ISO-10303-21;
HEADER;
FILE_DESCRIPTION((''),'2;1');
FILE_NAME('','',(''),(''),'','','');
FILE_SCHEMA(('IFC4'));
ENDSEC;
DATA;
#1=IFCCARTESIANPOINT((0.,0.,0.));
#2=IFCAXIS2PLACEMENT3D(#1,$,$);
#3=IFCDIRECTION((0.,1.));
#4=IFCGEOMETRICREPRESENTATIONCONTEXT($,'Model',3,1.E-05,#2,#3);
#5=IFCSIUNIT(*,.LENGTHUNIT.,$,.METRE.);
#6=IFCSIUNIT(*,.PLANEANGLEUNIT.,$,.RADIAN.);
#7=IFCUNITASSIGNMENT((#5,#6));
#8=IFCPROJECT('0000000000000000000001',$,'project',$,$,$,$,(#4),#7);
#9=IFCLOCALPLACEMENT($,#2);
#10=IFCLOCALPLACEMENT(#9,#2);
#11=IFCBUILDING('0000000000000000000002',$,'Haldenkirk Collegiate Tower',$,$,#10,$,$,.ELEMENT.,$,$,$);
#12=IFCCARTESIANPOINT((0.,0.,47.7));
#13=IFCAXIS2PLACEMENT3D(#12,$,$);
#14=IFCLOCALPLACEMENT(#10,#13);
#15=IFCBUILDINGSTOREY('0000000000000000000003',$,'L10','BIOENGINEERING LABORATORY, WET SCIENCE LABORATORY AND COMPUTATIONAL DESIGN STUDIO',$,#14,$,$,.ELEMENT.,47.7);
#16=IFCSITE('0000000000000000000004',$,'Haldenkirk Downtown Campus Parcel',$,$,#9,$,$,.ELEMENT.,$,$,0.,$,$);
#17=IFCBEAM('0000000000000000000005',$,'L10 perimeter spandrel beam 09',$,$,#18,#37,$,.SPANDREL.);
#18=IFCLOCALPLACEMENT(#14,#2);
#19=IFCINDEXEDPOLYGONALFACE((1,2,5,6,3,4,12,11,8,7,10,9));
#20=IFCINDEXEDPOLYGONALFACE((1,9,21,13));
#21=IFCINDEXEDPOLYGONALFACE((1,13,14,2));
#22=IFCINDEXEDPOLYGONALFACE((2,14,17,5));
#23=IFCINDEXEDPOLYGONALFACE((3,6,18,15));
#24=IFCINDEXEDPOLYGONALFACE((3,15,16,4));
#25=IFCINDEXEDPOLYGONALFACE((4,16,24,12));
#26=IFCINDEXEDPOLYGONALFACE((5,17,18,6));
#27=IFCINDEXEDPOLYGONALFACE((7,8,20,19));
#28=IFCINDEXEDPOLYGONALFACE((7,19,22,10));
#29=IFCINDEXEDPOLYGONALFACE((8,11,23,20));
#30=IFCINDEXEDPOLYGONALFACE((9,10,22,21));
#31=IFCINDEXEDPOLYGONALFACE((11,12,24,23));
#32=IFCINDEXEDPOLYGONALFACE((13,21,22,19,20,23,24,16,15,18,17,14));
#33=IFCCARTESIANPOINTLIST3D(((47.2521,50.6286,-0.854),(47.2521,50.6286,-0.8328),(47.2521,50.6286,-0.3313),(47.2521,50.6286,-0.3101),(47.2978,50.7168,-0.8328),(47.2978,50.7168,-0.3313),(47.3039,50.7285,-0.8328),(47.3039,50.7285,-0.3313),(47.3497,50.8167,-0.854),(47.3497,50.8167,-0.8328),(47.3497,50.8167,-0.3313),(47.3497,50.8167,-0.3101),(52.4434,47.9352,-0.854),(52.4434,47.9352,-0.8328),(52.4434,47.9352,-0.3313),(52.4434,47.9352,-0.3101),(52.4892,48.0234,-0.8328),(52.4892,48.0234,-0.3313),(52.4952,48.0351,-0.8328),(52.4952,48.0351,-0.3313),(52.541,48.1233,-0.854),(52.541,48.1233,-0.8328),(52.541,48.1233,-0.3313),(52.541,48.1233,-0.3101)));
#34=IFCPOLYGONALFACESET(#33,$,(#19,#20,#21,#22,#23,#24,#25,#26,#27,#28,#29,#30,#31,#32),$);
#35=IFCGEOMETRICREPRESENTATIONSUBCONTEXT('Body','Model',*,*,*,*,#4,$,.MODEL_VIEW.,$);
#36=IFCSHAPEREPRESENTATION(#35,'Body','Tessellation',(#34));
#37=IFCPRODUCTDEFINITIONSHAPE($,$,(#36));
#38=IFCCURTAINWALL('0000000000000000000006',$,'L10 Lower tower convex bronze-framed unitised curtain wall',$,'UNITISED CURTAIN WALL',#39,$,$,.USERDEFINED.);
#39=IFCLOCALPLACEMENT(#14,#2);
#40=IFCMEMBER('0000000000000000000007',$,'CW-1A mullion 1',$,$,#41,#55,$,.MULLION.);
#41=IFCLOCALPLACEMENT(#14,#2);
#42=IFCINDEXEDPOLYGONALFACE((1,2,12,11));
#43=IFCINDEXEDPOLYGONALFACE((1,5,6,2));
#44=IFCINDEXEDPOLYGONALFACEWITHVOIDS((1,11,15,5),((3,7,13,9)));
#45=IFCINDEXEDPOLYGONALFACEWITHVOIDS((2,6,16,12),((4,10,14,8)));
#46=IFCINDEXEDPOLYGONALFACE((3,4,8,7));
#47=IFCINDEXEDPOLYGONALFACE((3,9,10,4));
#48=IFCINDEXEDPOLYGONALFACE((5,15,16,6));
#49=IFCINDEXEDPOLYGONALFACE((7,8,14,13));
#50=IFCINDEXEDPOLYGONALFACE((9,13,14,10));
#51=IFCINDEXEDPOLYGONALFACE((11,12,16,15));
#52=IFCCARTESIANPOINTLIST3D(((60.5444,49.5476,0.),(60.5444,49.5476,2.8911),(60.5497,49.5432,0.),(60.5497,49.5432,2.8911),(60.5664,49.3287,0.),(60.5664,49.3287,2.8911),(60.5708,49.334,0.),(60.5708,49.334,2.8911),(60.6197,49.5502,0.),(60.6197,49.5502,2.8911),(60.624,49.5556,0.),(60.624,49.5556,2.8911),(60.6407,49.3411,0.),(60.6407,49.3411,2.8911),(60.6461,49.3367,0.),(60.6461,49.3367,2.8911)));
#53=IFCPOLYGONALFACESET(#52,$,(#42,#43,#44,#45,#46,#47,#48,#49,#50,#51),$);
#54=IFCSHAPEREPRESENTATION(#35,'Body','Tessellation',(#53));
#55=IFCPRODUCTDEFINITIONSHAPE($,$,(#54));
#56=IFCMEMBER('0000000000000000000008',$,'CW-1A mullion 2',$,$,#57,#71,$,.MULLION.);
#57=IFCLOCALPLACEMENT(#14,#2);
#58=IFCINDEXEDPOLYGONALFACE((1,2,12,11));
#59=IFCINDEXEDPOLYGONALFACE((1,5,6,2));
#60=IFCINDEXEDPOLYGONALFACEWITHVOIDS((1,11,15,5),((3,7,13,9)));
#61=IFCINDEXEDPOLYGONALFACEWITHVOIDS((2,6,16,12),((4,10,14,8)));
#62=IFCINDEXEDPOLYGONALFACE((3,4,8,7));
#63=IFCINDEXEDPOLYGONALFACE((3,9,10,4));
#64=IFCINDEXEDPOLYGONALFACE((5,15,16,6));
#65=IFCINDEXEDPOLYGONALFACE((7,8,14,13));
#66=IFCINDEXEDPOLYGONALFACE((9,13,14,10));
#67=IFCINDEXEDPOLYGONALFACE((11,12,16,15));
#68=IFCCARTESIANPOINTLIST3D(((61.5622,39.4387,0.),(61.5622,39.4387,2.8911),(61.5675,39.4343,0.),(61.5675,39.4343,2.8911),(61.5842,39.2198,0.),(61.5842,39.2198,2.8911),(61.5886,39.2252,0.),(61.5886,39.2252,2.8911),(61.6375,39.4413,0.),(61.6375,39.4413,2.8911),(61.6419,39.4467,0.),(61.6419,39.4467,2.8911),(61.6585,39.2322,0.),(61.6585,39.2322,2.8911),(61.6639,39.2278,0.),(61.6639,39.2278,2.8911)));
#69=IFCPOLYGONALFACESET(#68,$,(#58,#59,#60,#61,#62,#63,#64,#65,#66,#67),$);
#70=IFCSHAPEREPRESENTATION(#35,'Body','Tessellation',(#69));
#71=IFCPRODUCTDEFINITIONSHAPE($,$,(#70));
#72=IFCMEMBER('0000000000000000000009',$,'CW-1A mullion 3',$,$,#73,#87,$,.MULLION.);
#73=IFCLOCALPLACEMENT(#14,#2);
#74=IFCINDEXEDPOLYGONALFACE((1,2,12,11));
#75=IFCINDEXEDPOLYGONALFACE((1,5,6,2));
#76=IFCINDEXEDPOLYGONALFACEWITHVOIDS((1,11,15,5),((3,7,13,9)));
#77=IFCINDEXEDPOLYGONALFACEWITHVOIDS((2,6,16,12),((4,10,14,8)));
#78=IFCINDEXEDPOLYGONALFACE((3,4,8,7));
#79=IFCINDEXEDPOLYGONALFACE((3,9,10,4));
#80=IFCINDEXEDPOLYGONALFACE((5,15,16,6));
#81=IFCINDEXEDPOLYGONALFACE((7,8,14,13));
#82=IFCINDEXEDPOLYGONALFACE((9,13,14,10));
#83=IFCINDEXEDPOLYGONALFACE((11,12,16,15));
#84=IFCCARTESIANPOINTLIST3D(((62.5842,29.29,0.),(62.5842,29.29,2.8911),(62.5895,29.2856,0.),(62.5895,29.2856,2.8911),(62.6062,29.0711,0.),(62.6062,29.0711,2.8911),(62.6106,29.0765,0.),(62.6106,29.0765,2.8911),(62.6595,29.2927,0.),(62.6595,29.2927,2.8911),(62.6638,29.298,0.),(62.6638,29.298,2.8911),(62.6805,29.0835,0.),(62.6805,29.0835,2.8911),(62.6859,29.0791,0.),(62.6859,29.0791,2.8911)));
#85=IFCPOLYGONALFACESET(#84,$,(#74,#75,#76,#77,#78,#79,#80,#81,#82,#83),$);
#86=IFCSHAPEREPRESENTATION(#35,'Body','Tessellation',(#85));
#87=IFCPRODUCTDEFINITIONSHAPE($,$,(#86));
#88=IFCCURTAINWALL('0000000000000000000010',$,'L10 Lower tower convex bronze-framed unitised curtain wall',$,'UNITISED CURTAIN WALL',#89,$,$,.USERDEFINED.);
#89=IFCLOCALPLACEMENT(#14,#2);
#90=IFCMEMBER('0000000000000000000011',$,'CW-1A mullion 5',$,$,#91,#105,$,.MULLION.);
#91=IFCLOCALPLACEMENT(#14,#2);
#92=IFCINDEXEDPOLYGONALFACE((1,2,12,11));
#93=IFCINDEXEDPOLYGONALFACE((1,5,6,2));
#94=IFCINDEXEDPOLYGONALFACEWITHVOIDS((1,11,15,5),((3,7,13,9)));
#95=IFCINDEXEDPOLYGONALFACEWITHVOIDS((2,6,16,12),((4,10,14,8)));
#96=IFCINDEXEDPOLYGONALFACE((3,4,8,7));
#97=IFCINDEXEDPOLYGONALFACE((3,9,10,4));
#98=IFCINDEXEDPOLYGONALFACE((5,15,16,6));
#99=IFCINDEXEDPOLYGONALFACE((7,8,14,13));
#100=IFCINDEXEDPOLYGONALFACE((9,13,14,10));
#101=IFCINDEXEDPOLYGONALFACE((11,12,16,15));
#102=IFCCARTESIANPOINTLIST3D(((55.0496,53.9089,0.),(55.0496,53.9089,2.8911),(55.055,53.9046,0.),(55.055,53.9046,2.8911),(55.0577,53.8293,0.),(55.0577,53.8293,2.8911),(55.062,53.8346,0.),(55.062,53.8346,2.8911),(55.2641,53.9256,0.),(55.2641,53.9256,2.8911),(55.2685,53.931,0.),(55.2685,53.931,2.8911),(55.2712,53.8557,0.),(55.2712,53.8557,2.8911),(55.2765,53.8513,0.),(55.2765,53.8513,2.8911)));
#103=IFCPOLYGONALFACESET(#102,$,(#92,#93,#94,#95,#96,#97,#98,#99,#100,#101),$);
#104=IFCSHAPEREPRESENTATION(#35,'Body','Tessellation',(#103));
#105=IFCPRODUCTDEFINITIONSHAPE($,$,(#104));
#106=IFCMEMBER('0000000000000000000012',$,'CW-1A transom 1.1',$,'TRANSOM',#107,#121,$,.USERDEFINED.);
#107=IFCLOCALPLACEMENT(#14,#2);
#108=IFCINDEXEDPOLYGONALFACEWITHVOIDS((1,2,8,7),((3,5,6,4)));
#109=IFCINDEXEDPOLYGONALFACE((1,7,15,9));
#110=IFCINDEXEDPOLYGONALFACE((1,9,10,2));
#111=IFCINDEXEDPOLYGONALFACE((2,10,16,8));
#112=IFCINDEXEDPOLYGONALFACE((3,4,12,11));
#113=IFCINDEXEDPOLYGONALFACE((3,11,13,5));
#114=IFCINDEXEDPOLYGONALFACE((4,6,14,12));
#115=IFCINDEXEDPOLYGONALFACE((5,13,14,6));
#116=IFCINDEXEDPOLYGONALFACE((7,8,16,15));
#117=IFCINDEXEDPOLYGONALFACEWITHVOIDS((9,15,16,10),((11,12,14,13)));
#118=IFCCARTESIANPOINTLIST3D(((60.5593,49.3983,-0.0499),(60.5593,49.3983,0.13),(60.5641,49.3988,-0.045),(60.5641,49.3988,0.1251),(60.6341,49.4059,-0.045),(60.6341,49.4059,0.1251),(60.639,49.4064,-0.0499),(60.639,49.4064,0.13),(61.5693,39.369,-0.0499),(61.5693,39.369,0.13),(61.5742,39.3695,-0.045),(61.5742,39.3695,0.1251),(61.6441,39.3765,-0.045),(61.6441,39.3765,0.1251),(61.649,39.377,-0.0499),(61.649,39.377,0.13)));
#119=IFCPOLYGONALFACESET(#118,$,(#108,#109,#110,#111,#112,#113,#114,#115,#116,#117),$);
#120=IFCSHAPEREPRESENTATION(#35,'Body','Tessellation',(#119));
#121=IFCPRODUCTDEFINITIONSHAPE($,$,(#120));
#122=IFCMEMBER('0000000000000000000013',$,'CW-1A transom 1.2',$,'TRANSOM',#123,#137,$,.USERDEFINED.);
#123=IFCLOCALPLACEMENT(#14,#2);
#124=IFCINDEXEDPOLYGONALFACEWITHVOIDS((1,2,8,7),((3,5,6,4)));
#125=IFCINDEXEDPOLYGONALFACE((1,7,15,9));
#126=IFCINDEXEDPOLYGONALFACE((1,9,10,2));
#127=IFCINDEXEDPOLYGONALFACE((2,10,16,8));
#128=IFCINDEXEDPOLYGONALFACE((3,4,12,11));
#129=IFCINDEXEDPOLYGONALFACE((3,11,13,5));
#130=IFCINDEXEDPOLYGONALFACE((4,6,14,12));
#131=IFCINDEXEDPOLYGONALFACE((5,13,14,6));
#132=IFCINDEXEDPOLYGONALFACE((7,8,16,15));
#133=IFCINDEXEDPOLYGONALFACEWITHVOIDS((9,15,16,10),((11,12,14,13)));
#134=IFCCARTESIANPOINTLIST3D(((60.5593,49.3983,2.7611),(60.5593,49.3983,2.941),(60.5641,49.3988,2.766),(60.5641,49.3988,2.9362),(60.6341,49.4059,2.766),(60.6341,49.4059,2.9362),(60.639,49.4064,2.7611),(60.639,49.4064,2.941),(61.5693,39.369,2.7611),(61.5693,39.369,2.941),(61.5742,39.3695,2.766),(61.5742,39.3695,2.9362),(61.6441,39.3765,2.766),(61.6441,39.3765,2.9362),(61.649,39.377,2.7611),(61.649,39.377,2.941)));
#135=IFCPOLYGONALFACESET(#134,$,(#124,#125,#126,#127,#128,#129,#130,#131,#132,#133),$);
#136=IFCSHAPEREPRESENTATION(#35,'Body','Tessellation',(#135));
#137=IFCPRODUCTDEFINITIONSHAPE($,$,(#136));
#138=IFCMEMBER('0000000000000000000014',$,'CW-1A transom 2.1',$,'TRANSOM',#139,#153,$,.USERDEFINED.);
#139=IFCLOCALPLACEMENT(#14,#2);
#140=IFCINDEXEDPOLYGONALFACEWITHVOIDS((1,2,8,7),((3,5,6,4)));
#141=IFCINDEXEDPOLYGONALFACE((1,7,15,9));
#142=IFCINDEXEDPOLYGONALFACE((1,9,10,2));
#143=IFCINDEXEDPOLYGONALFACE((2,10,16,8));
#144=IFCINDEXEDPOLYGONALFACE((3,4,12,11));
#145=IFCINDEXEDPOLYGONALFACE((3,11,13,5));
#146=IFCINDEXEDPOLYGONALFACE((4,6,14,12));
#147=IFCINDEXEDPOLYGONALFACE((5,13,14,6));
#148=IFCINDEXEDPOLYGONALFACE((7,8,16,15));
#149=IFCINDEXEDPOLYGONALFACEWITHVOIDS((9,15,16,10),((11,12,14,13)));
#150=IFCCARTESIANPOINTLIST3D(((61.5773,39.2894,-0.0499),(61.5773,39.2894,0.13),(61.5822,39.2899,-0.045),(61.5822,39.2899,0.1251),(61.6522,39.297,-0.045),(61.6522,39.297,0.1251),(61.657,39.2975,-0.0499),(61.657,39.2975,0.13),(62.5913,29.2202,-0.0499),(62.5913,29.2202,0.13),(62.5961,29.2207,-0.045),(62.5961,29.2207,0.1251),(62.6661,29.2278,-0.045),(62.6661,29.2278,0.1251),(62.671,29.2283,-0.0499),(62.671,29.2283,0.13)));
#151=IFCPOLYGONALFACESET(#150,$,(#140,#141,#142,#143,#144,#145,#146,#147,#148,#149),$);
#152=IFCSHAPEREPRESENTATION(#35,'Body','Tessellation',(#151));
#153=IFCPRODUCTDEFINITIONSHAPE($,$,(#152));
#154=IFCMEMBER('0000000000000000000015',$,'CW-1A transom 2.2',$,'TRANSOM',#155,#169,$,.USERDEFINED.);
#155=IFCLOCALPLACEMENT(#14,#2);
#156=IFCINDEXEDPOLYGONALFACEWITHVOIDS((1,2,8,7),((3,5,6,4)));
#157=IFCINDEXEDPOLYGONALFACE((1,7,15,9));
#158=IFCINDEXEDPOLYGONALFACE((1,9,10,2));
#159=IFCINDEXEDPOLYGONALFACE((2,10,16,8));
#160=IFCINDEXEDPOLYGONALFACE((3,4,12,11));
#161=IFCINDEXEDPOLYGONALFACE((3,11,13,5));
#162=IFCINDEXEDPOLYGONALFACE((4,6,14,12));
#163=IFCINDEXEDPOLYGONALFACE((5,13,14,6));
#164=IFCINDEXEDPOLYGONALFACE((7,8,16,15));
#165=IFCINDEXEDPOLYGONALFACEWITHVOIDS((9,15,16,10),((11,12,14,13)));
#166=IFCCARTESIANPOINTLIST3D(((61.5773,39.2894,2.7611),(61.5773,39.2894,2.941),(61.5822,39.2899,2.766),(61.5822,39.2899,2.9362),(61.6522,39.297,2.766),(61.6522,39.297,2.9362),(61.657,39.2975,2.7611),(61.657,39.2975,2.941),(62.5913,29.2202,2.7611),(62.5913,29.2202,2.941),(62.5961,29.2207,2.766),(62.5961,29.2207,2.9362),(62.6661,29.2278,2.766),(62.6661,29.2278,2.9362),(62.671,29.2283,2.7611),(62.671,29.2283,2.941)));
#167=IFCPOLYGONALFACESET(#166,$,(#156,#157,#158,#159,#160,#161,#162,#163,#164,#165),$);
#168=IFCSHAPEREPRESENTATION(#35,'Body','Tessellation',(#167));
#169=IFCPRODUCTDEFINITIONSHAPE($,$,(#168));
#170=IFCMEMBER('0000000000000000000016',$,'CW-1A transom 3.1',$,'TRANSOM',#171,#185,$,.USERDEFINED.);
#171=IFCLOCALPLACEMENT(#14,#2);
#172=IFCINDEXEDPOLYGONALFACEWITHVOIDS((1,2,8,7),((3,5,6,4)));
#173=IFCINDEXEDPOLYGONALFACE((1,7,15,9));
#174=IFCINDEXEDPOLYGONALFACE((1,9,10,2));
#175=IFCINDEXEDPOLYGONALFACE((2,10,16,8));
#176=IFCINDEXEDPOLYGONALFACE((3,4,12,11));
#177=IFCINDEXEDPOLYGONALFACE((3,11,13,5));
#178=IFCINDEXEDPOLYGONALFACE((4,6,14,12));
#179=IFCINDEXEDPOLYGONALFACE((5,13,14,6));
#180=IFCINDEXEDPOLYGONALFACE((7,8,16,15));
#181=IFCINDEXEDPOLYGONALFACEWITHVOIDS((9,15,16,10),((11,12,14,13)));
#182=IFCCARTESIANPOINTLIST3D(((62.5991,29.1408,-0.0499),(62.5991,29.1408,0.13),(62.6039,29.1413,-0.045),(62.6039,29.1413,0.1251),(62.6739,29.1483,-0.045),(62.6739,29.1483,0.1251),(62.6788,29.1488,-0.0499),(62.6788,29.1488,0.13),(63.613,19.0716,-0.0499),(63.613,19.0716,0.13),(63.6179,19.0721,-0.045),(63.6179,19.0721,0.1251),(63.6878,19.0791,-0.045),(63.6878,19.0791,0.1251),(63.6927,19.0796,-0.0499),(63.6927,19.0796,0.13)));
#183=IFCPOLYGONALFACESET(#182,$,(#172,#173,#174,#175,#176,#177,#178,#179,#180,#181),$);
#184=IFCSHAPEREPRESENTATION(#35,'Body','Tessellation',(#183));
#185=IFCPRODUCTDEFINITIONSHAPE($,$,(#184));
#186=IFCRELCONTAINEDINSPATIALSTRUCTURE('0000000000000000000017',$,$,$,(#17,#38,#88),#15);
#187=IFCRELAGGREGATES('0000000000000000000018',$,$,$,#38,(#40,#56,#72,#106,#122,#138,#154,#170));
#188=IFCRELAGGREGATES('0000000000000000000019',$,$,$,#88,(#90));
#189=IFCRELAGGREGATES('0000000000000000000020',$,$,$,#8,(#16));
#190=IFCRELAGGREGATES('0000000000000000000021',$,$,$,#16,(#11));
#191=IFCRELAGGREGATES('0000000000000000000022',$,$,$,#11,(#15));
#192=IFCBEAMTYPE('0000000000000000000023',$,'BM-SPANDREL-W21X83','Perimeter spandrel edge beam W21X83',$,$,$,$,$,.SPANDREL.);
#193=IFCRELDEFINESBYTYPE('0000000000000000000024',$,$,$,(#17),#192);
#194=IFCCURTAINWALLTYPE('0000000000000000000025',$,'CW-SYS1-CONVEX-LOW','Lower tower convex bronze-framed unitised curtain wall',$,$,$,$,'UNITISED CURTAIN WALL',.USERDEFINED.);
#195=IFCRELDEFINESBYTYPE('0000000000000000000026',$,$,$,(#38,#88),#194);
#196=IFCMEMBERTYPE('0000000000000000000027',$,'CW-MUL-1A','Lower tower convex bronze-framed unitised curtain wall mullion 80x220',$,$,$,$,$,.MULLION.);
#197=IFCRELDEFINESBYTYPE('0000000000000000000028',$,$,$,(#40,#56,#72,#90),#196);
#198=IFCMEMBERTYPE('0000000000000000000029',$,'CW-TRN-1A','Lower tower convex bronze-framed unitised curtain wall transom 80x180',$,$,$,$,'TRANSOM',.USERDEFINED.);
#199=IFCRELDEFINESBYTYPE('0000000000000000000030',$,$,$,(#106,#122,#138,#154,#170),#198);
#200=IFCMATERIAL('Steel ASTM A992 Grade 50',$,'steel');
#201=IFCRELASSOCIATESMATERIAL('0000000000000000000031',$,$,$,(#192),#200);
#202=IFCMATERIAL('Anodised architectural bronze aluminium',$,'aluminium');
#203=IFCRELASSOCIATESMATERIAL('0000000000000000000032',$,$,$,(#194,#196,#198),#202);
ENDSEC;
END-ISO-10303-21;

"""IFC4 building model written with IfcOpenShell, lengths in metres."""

from ifc_helpers import new_model, si_unit, direction, frame, origin, origin_2d, place, context, subcontext, project, spatial, hollow_rectangle, i_section, extrude, material, material_profile, profile_set, type_object, element, aggregate, save


model = new_model("IFC4")

# Units and contexts
model_context = context("Model", 3, precision=1e-05, world=origin(), true_north=direction((0.0, 1.0)))
body_context = subcontext(model_context, "Body", "Model", "MODEL_VIEW")
ifc_project = project(units=[si_unit("LENGTHUNIT", "METRE"), si_unit("PLANEANGLEUNIT", "RADIAN")], contexts=[model_context])

# Site, building, storey
site_placement = place(None, origin())
site = spatial("IfcSite", under=ifc_project, at=site_placement, Name="Haldenkirk Downtown Campus Parcel", CompositionType="ELEMENT", RefElevation=0.0)
building_placement = place(site_placement, origin())
building = spatial("IfcBuilding", under=site, at=building_placement, Name="Haldenkirk Collegiate Tower", CompositionType="ELEMENT")
storey_placement = place(building_placement, frame((0.0, 0.0, 47.7)))
storey = spatial("IfcBuildingStorey", under=building, at=storey_placement, Name="L10", Description="BIOENGINEERING LABORATORY, WET SCIENCE LABORATORY AND COMPUTATIONAL DESIGN STUDIO", CompositionType="ELEMENT", Elevation=47.7)

# Beam
ifc_material_1 = material(Name="Steel ASTM A992 Grade 50", Category="steel")
ifc_material_profile_1 = material_profile(ifc_material_1, i_section(OverallWidth=0.2119, OverallDepth=0.5439, WebThickness=0.0132, FlangeThickness=0.0212, at=origin_2d()), Name="W21X83")
ifc_profile_set_1 = profile_set([ifc_material_profile_1], Name="Steel ASTM A992 Grade 50")
beam_type_1 = type_object("IfcBeamType", Name="BM-SPANDREL-W21X83", Description="Perimeter spandrel edge beam W21X83", PredefinedType="SPANDREL", material=ifc_profile_set_1)
beam_1_placement = place(storey_placement, frame((52.4922, 48.0293, -0.582), z_axis=(-0.887648, 0.460522, 0.0), x_axis=(-0.460522, -0.887648, 0.0)))
element("IfcBeam", 1, at=beam_1_placement, inside=storey, type_object=beam_type_1, Name="L10 perimeter spandrel beam 09", PredefinedType="SPANDREL", context=body_context, shape_type="SweptSolid", body=[
    extrude(i_section(OverallWidth=0.2119, OverallDepth=0.5439, WebThickness=0.0132, FlangeThickness=0.0212, at=origin_2d()), origin(), (0.0, 0.0, 1.0), 5.8484),
])

# Curtain wall, members
ifc_material_2 = material(Name="Anodised architectural bronze aluminium", Category="aluminium")
curtain_wall_type = type_object("IfcCurtainWallType", Name="CW-SYS1-CONVEX-LOW", Description="Lower tower convex bronze-framed unitised curtain wall", ElementType="UNITISED CURTAIN WALL", PredefinedType="USERDEFINED", material=ifc_material_2)
curtain_wall_1_placement = place(storey_placement, origin())
curtain_wall_1 = element("IfcCurtainWall", 2, at=curtain_wall_1_placement, inside=storey, type_object=curtain_wall_type, Name="L10 Lower tower convex bronze-framed unitised curtain wall", ObjectType="UNITISED CURTAIN WALL", PredefinedType="USERDEFINED")
ifc_material_profile_2 = material_profile(ifc_material_2, hollow_rectangle(XDim=0.0801, YDim=0.22, WallThickness=0.0049, at=origin_2d()), Name="CW-MUL-1A")
ifc_profile_set_2 = profile_set([ifc_material_profile_2], Name="Anodised architectural bronze aluminium")
member_type_1 = type_object("IfcMemberType", Name="CW-MUL-1A", Description="Lower tower convex bronze-framed unitised curtain wall mullion 80x220", PredefinedType="MULLION", material=ifc_profile_set_2)
member_1_placement = place(storey_placement, frame((60.5952, 49.4421, 0.0), z_axis=(0.0, 0.0, 1.0), x_axis=(0.994969, 0.100186, 0.0)))
member_1 = element("IfcMember", 3, at=member_1_placement, type_object=member_type_1, Name="CW-1A mullion 1", PredefinedType="MULLION", context=body_context, shape_type="SweptSolid", body=[
    extrude(hollow_rectangle(XDim=0.0801, YDim=0.22, WallThickness=0.0049, at=origin_2d()), origin(), (0.0, 0.0, 1.0), 2.8911),
])
member_2_placement = place(storey_placement, frame((61.613, 39.3333, 0.0), z_axis=(0.0, 0.0, 1.0), x_axis=(0.994969, 0.100186, 0.0)))
member_2 = element("IfcMember", 4, at=member_2_placement, type_object=member_type_1, Name="CW-1A mullion 2", PredefinedType="MULLION", context=body_context, shape_type="SweptSolid", body=[
    extrude(hollow_rectangle(XDim=0.0801, YDim=0.22, WallThickness=0.0049, at=origin_2d()), origin(), (0.0, 0.0, 1.0), 2.8911),
])
member_3_placement = place(storey_placement, frame((62.635, 29.1846, 0.0), z_axis=(0.0, 0.0, 1.0), x_axis=(0.994969, 0.100186, 0.0)))
member_3 = element("IfcMember", 5, at=member_3_placement, type_object=member_type_1, Name="CW-1A mullion 3", PredefinedType="MULLION", context=body_context, shape_type="SweptSolid", body=[
    extrude(hollow_rectangle(XDim=0.0801, YDim=0.22, WallThickness=0.0049, at=origin_2d()), origin(), (0.0, 0.0, 1.0), 2.8911),
])

# Curtain wall, member
curtain_wall_2_placement = place(storey_placement, origin())
curtain_wall_2 = element("IfcCurtainWall", 6, at=curtain_wall_2_placement, inside=storey, type_object=curtain_wall_type, Name="L10 Lower tower convex bronze-framed unitised curtain wall", ObjectType="UNITISED CURTAIN WALL", PredefinedType="USERDEFINED")
member_4_placement = place(storey_placement, frame((55.1631, 53.8801, 0.0), z_axis=(0.0, 0.0, 1.0), x_axis=(-0.100187, 0.994969, 0.0)))
member_4 = element("IfcMember", 7, at=member_4_placement, type_object=member_type_1, Name="CW-1A mullion 5", PredefinedType="MULLION", context=body_context, shape_type="SweptSolid", body=[
    extrude(hollow_rectangle(XDim=0.0801, YDim=0.22, WallThickness=0.0049, at=origin_2d()), origin(), (0.0, 0.0, 1.0), 2.8911),
])

# Members
ifc_material_profile_3 = material_profile(ifc_material_2, hollow_rectangle(XDim=0.0801, YDim=0.1799, WallThickness=0.0049, at=origin_2d()), Name="CW-TRN-1A")
ifc_profile_set_3 = profile_set([ifc_material_profile_3], Name="Anodised architectural bronze aluminium")
member_type_2 = type_object("IfcMemberType", Name="CW-TRN-1A", Description="Lower tower convex bronze-framed unitised curtain wall transom 80x180", ElementType="TRANSOM", PredefinedType="USERDEFINED", material=ifc_profile_set_3)
member_5_placement = place(storey_placement, frame((60.5991, 49.4023, 0.04), z_axis=(0.100199, -0.994967, 0.0), x_axis=(0.994967, 0.100199, 0.0)))
member_5 = element("IfcMember", 8, at=member_5_placement, type_object=member_type_2, Name="CW-1A transom 1.1", ObjectType="TRANSOM", PredefinedType="USERDEFINED", context=body_context, shape_type="SweptSolid", body=[
    extrude(hollow_rectangle(XDim=0.0801, YDim=0.1799, WallThickness=0.0049, at=origin_2d()), origin(), (0.0, 0.0, 1.0), 10.0801),
])
member_6_placement = place(storey_placement, frame((60.5991, 49.4023, 2.8511), z_axis=(0.100199, -0.994967, 0.0), x_axis=(0.994967, 0.100199, 0.0)))
member_6 = element("IfcMember", 9, at=member_6_placement, type_object=member_type_2, Name="CW-1A transom 1.2", ObjectType="TRANSOM", PredefinedType="USERDEFINED", context=body_context, shape_type="SweptSolid", body=[
    extrude(hollow_rectangle(XDim=0.0801, YDim=0.1799, WallThickness=0.0049, at=origin_2d()), origin(), (0.0, 0.0, 1.0), 10.0801),
])
member_7_placement = place(storey_placement, frame((61.6172, 39.2935, 0.04), z_axis=(0.100189, -0.994968, 0.0), x_axis=(0.994968, 0.100189, 0.0)))
member_7 = element("IfcMember", 10, at=member_7_placement, type_object=member_type_2, Name="CW-1A transom 2.1", ObjectType="TRANSOM", PredefinedType="USERDEFINED", context=body_context, shape_type="SweptSolid", body=[
    extrude(hollow_rectangle(XDim=0.0801, YDim=0.1799, WallThickness=0.0049, at=origin_2d()), origin(), (0.0, 0.0, 1.0), 10.1201),
])
member_8_placement = place(storey_placement, frame((61.6172, 39.2935, 2.8511), z_axis=(0.100189, -0.994968, 0.0), x_axis=(0.994968, 0.100189, 0.0)))
member_8 = element("IfcMember", 11, at=member_8_placement, type_object=member_type_2, Name="CW-1A transom 2.2", ObjectType="TRANSOM", PredefinedType="USERDEFINED", context=body_context, shape_type="SweptSolid", body=[
    extrude(hollow_rectangle(XDim=0.0801, YDim=0.1799, WallThickness=0.0049, at=origin_2d()), origin(), (0.0, 0.0, 1.0), 10.1201),
])
member_9_placement = place(storey_placement, frame((62.6389, 29.1448, 0.04), z_axis=(0.100189, -0.994968, 0.0), x_axis=(0.994968, 0.100189, 0.0)))
member_9 = element("IfcMember", 12, at=member_9_placement, type_object=member_type_2, Name="CW-1A transom 3.1", ObjectType="TRANSOM", PredefinedType="USERDEFINED", context=body_context, shape_type="SweptSolid", body=[
    extrude(hollow_rectangle(XDim=0.0801, YDim=0.1799, WallThickness=0.0049, at=origin_2d()), origin(), (0.0, 0.0, 1.0), 10.1201),
])

aggregate(curtain_wall_1, [member_1, member_2, member_3, member_5, member_6, member_7, member_8, member_9])
aggregate(curtain_wall_2, [member_4])

save(model, "model.ifc")
